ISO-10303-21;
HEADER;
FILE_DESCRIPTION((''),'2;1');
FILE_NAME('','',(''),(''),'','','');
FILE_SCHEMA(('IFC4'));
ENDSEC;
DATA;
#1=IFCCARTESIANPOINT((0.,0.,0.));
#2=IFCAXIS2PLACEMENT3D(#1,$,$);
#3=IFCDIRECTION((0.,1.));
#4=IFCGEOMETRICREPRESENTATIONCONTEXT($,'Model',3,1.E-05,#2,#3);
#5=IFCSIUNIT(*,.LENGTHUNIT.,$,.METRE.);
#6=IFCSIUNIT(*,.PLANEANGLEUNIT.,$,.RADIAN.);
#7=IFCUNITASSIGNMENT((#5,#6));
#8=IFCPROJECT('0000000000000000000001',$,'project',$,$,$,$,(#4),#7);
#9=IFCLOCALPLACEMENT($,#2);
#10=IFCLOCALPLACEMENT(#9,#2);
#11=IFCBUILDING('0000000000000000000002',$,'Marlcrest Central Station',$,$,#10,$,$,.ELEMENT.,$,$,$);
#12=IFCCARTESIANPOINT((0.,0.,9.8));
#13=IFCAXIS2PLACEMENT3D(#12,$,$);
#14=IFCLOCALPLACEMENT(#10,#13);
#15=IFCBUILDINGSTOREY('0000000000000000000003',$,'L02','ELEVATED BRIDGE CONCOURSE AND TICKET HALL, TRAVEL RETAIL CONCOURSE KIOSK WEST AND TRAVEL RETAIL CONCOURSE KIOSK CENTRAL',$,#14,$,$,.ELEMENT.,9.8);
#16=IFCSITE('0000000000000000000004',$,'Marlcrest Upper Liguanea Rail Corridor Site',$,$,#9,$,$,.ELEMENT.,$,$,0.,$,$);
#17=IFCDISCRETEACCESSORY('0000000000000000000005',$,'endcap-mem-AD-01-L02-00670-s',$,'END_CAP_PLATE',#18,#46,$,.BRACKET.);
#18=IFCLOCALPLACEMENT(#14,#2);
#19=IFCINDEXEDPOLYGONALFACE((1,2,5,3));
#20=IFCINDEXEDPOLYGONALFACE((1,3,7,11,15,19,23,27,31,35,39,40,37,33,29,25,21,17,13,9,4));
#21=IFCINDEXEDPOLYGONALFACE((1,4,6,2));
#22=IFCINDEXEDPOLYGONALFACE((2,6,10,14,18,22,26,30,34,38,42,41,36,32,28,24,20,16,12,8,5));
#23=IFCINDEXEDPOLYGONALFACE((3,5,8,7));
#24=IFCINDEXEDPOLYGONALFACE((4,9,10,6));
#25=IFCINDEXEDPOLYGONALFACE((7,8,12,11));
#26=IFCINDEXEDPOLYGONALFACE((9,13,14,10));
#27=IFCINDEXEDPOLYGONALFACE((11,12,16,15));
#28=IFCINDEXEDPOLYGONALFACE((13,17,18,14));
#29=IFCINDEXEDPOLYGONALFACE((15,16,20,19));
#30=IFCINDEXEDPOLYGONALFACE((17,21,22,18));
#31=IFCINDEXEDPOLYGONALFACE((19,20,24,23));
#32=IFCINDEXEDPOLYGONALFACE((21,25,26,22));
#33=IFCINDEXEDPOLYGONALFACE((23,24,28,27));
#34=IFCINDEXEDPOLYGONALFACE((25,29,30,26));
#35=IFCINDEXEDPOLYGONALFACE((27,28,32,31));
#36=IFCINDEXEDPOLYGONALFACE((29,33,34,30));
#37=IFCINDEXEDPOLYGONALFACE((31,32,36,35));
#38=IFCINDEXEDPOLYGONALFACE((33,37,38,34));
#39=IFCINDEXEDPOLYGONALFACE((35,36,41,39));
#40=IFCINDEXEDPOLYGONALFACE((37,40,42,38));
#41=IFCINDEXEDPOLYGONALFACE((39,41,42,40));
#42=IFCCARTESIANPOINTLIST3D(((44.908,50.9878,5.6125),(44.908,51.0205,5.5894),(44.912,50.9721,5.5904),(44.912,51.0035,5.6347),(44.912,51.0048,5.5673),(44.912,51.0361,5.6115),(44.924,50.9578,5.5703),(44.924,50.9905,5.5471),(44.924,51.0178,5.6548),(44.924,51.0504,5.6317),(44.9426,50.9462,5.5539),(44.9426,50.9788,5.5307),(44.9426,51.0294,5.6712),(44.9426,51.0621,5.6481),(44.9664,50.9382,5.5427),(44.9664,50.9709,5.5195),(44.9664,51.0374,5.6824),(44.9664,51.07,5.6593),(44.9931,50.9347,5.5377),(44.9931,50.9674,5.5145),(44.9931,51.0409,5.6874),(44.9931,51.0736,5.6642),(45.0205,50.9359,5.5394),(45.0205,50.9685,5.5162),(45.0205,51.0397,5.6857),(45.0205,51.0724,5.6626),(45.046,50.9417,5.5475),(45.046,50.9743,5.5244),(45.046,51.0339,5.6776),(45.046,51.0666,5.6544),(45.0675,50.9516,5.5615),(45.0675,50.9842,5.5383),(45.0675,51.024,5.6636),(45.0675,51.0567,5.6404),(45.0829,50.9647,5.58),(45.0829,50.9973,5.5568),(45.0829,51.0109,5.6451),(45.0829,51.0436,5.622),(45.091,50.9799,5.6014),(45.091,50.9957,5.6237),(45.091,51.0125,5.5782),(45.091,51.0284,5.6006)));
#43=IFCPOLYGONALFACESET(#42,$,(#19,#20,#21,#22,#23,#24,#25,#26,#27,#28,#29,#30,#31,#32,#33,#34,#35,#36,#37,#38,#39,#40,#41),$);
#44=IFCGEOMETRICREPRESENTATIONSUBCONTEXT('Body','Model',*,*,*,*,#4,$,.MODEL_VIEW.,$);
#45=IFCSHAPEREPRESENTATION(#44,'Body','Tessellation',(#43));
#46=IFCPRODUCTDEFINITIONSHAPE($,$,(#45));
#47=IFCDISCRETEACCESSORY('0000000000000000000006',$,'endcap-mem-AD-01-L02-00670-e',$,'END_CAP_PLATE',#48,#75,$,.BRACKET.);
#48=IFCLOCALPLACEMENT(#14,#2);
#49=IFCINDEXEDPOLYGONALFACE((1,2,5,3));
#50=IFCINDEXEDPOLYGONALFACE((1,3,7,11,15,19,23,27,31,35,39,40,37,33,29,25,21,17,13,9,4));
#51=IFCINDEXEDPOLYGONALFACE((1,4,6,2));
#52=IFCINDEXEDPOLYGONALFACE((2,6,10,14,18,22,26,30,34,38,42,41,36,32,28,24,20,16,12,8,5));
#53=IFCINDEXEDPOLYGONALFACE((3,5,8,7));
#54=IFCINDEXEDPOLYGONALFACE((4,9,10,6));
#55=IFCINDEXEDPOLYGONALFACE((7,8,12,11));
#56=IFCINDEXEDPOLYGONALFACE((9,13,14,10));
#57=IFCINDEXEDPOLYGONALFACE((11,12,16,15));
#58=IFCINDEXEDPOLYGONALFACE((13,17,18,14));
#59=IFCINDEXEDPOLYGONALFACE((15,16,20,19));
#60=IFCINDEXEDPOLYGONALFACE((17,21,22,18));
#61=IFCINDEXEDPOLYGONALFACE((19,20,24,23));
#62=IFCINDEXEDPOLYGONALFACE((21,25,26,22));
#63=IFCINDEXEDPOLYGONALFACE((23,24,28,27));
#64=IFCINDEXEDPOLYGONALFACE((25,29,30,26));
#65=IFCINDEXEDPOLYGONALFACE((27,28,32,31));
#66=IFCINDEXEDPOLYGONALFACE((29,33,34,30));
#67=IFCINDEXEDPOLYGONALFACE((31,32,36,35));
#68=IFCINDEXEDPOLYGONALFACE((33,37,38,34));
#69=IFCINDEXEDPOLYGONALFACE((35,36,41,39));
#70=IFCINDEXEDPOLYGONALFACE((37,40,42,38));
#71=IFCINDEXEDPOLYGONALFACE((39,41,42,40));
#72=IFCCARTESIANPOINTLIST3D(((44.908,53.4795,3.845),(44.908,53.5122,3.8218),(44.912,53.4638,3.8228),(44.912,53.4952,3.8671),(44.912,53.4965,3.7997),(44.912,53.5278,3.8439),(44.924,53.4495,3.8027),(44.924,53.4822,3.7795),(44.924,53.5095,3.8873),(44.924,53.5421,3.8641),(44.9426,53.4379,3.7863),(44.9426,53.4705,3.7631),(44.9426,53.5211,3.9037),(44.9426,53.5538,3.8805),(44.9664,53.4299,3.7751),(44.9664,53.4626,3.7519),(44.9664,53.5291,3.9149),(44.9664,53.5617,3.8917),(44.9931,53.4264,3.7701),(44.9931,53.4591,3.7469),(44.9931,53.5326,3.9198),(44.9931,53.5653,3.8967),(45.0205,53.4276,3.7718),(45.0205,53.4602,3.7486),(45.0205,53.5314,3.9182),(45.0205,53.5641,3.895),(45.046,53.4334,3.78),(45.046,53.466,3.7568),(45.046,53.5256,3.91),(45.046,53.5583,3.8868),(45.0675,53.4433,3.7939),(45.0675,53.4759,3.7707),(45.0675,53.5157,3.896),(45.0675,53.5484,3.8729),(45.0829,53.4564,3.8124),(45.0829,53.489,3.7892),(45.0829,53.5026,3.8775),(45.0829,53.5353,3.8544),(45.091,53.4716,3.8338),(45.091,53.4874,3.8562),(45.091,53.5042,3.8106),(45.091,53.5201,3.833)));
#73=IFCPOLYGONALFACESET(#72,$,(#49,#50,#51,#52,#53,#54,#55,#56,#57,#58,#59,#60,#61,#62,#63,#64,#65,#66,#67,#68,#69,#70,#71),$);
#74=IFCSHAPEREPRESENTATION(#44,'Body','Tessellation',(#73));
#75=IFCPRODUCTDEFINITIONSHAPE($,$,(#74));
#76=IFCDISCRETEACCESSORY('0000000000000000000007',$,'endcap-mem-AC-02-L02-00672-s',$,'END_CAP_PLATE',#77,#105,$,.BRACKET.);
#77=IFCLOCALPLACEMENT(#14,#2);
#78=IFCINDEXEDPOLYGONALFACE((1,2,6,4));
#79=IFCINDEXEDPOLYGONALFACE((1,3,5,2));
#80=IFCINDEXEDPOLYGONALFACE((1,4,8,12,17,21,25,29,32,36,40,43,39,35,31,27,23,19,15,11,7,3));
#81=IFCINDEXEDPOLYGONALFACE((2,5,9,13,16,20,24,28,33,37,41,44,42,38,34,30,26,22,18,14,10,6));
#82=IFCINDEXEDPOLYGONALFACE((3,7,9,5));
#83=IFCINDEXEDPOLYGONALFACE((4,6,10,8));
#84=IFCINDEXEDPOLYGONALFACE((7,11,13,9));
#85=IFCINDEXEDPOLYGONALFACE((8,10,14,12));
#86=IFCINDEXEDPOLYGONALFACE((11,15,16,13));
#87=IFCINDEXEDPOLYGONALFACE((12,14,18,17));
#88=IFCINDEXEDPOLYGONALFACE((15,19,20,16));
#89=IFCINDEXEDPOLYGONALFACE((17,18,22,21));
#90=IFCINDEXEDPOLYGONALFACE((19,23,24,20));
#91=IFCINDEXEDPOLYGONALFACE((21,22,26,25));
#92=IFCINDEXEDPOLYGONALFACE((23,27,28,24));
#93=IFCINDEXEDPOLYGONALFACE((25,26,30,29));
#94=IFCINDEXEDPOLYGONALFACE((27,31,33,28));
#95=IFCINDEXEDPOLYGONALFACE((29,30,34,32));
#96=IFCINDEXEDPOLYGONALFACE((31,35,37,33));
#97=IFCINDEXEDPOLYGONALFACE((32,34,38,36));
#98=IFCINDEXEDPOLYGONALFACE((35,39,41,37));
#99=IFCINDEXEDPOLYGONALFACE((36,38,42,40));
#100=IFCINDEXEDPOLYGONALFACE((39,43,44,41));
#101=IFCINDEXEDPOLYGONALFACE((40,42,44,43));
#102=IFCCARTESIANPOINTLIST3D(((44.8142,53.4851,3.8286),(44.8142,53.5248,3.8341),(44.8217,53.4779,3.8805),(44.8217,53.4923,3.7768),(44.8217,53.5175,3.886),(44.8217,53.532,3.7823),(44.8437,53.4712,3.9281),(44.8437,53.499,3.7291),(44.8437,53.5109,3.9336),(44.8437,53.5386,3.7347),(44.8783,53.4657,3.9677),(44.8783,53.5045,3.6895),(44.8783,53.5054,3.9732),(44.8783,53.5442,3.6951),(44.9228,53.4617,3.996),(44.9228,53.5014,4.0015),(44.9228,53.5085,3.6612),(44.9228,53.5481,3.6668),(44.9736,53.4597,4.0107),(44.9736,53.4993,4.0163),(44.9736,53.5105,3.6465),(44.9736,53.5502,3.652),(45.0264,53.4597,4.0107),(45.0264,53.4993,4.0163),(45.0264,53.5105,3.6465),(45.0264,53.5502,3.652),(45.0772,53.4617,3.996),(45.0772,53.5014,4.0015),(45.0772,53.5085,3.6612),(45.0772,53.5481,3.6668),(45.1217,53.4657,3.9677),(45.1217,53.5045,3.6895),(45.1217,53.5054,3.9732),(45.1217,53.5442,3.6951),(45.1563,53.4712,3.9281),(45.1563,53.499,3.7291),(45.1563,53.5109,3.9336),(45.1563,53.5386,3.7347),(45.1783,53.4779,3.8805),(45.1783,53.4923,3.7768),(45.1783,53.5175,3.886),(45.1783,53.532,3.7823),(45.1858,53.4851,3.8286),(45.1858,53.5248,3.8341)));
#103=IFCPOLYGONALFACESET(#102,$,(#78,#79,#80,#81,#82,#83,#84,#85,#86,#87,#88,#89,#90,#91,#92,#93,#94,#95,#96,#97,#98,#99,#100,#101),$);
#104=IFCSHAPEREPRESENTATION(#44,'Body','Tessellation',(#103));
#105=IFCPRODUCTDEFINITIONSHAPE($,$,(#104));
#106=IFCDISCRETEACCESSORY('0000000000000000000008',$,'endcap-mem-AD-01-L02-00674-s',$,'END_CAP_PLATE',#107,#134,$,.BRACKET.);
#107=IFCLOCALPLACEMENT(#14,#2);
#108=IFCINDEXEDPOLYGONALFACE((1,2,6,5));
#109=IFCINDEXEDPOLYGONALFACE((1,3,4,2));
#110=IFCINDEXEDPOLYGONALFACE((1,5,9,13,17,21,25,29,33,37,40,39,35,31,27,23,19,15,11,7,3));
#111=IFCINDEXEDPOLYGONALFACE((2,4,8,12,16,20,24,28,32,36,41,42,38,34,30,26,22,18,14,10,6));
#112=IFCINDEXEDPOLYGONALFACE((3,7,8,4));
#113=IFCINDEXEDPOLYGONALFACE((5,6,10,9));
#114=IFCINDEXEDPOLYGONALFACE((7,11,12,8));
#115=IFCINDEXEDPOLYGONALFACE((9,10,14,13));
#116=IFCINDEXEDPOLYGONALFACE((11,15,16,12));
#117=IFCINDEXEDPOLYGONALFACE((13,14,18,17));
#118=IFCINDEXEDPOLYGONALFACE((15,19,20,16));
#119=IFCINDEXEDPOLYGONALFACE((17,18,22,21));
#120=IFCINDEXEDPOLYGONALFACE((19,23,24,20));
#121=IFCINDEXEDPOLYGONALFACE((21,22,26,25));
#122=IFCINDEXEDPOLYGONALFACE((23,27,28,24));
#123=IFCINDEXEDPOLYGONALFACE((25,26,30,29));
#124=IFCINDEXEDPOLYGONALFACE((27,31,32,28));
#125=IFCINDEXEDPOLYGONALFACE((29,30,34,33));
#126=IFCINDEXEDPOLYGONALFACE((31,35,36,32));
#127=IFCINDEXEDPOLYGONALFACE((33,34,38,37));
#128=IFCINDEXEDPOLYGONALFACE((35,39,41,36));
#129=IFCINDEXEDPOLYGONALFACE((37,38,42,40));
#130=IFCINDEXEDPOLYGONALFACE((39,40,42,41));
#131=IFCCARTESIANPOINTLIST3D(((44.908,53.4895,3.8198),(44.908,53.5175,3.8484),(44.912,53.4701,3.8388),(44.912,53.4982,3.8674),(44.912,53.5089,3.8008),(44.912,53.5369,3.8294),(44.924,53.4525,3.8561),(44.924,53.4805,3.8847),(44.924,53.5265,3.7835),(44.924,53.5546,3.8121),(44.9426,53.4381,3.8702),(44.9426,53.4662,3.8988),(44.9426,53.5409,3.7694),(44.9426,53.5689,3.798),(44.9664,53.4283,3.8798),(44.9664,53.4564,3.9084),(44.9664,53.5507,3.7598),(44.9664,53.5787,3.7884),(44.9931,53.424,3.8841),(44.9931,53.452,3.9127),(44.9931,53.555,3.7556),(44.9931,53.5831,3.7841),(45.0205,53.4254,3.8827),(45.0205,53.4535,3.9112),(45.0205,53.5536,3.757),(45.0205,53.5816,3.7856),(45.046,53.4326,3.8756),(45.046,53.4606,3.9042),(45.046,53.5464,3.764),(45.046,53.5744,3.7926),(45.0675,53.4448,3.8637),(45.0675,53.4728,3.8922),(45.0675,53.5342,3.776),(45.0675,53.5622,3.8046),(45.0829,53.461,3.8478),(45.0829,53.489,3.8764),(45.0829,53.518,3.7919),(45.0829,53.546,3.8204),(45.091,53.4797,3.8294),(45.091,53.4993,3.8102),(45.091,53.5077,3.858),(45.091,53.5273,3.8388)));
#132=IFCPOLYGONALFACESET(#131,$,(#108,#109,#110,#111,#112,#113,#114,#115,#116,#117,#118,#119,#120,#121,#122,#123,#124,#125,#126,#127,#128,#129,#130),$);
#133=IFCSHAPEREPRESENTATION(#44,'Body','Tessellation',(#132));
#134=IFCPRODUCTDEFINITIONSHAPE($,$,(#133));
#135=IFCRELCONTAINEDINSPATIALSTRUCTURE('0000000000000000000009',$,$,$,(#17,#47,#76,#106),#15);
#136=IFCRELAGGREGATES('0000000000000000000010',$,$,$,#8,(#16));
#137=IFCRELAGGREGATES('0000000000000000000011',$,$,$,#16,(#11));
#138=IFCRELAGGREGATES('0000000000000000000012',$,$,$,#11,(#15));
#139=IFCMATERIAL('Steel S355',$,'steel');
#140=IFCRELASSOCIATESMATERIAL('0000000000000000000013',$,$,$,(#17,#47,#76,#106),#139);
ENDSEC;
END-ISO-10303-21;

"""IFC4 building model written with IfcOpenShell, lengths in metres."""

from ifc_helpers import new_model, si_unit, direction, frame, origin, origin_2d, place, context, subcontext, project, spatial, circle, extrude, material, element, save


model = new_model("IFC4")

# Units and contexts
model_context = context("Model", 3, precision=1e-05, world=origin(), true_north=direction((0.0, 1.0)))
body_context = subcontext(model_context, "Body", "Model", "MODEL_VIEW")
ifc_project = project(units=[si_unit("LENGTHUNIT", "METRE"), si_unit("PLANEANGLEUNIT", "RADIAN")], contexts=[model_context])

# Site, building, storey
site_placement = place(None, origin())
site = spatial("IfcSite", under=ifc_project, at=site_placement, Name="Marlcrest Upper Liguanea Rail Corridor Site", CompositionType="ELEMENT", RefElevation=0.0)
building_placement = place(site_placement, origin())
building = spatial("IfcBuilding", under=site, at=building_placement, Name="Marlcrest Central Station", CompositionType="ELEMENT")
storey_placement = place(building_placement, frame((0.0, 0.0, 9.8)))
storey = spatial("IfcBuildingStorey", under=building, at=storey_placement, Name="L02", Description="ELEVATED BRIDGE CONCOURSE AND TICKET HALL, TRAVEL RETAIL CONCOURSE KIOSK WEST AND TRAVEL RETAIL CONCOURSE KIOSK CENTRAL", CompositionType="ELEMENT", Elevation=9.8)

# Shared definitions
ifc_material = material(Name="Steel S355", Category="steel")

# Discrete accessories
for number, where, z_axis, x_axis, name in (
    (1, (45.0, 50.9878, 5.6125), (0.0, 0.815661, -0.57853), (-1.0, 0.0, 0.0), "endcap-mem-AD-01-L02-00670-s"),
    (2, (45.0, 53.4795, 3.845), (0.0, 0.815661, -0.57853), (-1.0, 0.0, 0.0), "endcap-mem-AD-01-L02-00670-e"),
):
    element("IfcDiscreteAccessory", number, at=place(storey_placement, frame(where, z_axis=z_axis, x_axis=x_axis)), inside=storey, material=ifc_material, Name=name, ObjectType="END_CAP_PLATE", PredefinedType="BRACKET", context=body_context, shape_type="SweptSolid", body=[
        extrude(circle(Radius=0.092, at=origin_2d()), origin(), (0.0, 0.0, 1.0), 0.04),
    ])
discrete_accessory_1_placement = place(storey_placement, frame((45.0, 53.4851, 3.8286), z_axis=(0.0, 0.990403, 0.138211), x_axis=(-1.0, 0.0, 0.0)))
element("IfcDiscreteAccessory", 3, at=discrete_accessory_1_placement, inside=storey, material=ifc_material, Name="endcap-mem-AC-02-L02-00672-s", ObjectType="END_CAP_PLATE", PredefinedType="BRACKET", context=body_context, shape_type="SweptSolid", body=[
    extrude(circle(Radius=0.1858, at=origin_2d()), origin(), (0.0, 0.0, 1.0), 0.04),
])
discrete_accessory_2_placement = place(storey_placement, frame((45.0, 53.4895, 3.8198), z_axis=(0.0, 0.700235, 0.713912), x_axis=(-1.0, 0.0, 0.0)))
element("IfcDiscreteAccessory", 4, at=discrete_accessory_2_placement, inside=storey, material=ifc_material, Name="endcap-mem-AD-01-L02-00674-s", ObjectType="END_CAP_PLATE", PredefinedType="BRACKET", context=body_context, shape_type="SweptSolid", body=[
    extrude(circle(Radius=0.092, at=origin_2d()), origin(), (0.0, 0.0, 1.0), 0.04),
])

save(model, "model.ifc")
